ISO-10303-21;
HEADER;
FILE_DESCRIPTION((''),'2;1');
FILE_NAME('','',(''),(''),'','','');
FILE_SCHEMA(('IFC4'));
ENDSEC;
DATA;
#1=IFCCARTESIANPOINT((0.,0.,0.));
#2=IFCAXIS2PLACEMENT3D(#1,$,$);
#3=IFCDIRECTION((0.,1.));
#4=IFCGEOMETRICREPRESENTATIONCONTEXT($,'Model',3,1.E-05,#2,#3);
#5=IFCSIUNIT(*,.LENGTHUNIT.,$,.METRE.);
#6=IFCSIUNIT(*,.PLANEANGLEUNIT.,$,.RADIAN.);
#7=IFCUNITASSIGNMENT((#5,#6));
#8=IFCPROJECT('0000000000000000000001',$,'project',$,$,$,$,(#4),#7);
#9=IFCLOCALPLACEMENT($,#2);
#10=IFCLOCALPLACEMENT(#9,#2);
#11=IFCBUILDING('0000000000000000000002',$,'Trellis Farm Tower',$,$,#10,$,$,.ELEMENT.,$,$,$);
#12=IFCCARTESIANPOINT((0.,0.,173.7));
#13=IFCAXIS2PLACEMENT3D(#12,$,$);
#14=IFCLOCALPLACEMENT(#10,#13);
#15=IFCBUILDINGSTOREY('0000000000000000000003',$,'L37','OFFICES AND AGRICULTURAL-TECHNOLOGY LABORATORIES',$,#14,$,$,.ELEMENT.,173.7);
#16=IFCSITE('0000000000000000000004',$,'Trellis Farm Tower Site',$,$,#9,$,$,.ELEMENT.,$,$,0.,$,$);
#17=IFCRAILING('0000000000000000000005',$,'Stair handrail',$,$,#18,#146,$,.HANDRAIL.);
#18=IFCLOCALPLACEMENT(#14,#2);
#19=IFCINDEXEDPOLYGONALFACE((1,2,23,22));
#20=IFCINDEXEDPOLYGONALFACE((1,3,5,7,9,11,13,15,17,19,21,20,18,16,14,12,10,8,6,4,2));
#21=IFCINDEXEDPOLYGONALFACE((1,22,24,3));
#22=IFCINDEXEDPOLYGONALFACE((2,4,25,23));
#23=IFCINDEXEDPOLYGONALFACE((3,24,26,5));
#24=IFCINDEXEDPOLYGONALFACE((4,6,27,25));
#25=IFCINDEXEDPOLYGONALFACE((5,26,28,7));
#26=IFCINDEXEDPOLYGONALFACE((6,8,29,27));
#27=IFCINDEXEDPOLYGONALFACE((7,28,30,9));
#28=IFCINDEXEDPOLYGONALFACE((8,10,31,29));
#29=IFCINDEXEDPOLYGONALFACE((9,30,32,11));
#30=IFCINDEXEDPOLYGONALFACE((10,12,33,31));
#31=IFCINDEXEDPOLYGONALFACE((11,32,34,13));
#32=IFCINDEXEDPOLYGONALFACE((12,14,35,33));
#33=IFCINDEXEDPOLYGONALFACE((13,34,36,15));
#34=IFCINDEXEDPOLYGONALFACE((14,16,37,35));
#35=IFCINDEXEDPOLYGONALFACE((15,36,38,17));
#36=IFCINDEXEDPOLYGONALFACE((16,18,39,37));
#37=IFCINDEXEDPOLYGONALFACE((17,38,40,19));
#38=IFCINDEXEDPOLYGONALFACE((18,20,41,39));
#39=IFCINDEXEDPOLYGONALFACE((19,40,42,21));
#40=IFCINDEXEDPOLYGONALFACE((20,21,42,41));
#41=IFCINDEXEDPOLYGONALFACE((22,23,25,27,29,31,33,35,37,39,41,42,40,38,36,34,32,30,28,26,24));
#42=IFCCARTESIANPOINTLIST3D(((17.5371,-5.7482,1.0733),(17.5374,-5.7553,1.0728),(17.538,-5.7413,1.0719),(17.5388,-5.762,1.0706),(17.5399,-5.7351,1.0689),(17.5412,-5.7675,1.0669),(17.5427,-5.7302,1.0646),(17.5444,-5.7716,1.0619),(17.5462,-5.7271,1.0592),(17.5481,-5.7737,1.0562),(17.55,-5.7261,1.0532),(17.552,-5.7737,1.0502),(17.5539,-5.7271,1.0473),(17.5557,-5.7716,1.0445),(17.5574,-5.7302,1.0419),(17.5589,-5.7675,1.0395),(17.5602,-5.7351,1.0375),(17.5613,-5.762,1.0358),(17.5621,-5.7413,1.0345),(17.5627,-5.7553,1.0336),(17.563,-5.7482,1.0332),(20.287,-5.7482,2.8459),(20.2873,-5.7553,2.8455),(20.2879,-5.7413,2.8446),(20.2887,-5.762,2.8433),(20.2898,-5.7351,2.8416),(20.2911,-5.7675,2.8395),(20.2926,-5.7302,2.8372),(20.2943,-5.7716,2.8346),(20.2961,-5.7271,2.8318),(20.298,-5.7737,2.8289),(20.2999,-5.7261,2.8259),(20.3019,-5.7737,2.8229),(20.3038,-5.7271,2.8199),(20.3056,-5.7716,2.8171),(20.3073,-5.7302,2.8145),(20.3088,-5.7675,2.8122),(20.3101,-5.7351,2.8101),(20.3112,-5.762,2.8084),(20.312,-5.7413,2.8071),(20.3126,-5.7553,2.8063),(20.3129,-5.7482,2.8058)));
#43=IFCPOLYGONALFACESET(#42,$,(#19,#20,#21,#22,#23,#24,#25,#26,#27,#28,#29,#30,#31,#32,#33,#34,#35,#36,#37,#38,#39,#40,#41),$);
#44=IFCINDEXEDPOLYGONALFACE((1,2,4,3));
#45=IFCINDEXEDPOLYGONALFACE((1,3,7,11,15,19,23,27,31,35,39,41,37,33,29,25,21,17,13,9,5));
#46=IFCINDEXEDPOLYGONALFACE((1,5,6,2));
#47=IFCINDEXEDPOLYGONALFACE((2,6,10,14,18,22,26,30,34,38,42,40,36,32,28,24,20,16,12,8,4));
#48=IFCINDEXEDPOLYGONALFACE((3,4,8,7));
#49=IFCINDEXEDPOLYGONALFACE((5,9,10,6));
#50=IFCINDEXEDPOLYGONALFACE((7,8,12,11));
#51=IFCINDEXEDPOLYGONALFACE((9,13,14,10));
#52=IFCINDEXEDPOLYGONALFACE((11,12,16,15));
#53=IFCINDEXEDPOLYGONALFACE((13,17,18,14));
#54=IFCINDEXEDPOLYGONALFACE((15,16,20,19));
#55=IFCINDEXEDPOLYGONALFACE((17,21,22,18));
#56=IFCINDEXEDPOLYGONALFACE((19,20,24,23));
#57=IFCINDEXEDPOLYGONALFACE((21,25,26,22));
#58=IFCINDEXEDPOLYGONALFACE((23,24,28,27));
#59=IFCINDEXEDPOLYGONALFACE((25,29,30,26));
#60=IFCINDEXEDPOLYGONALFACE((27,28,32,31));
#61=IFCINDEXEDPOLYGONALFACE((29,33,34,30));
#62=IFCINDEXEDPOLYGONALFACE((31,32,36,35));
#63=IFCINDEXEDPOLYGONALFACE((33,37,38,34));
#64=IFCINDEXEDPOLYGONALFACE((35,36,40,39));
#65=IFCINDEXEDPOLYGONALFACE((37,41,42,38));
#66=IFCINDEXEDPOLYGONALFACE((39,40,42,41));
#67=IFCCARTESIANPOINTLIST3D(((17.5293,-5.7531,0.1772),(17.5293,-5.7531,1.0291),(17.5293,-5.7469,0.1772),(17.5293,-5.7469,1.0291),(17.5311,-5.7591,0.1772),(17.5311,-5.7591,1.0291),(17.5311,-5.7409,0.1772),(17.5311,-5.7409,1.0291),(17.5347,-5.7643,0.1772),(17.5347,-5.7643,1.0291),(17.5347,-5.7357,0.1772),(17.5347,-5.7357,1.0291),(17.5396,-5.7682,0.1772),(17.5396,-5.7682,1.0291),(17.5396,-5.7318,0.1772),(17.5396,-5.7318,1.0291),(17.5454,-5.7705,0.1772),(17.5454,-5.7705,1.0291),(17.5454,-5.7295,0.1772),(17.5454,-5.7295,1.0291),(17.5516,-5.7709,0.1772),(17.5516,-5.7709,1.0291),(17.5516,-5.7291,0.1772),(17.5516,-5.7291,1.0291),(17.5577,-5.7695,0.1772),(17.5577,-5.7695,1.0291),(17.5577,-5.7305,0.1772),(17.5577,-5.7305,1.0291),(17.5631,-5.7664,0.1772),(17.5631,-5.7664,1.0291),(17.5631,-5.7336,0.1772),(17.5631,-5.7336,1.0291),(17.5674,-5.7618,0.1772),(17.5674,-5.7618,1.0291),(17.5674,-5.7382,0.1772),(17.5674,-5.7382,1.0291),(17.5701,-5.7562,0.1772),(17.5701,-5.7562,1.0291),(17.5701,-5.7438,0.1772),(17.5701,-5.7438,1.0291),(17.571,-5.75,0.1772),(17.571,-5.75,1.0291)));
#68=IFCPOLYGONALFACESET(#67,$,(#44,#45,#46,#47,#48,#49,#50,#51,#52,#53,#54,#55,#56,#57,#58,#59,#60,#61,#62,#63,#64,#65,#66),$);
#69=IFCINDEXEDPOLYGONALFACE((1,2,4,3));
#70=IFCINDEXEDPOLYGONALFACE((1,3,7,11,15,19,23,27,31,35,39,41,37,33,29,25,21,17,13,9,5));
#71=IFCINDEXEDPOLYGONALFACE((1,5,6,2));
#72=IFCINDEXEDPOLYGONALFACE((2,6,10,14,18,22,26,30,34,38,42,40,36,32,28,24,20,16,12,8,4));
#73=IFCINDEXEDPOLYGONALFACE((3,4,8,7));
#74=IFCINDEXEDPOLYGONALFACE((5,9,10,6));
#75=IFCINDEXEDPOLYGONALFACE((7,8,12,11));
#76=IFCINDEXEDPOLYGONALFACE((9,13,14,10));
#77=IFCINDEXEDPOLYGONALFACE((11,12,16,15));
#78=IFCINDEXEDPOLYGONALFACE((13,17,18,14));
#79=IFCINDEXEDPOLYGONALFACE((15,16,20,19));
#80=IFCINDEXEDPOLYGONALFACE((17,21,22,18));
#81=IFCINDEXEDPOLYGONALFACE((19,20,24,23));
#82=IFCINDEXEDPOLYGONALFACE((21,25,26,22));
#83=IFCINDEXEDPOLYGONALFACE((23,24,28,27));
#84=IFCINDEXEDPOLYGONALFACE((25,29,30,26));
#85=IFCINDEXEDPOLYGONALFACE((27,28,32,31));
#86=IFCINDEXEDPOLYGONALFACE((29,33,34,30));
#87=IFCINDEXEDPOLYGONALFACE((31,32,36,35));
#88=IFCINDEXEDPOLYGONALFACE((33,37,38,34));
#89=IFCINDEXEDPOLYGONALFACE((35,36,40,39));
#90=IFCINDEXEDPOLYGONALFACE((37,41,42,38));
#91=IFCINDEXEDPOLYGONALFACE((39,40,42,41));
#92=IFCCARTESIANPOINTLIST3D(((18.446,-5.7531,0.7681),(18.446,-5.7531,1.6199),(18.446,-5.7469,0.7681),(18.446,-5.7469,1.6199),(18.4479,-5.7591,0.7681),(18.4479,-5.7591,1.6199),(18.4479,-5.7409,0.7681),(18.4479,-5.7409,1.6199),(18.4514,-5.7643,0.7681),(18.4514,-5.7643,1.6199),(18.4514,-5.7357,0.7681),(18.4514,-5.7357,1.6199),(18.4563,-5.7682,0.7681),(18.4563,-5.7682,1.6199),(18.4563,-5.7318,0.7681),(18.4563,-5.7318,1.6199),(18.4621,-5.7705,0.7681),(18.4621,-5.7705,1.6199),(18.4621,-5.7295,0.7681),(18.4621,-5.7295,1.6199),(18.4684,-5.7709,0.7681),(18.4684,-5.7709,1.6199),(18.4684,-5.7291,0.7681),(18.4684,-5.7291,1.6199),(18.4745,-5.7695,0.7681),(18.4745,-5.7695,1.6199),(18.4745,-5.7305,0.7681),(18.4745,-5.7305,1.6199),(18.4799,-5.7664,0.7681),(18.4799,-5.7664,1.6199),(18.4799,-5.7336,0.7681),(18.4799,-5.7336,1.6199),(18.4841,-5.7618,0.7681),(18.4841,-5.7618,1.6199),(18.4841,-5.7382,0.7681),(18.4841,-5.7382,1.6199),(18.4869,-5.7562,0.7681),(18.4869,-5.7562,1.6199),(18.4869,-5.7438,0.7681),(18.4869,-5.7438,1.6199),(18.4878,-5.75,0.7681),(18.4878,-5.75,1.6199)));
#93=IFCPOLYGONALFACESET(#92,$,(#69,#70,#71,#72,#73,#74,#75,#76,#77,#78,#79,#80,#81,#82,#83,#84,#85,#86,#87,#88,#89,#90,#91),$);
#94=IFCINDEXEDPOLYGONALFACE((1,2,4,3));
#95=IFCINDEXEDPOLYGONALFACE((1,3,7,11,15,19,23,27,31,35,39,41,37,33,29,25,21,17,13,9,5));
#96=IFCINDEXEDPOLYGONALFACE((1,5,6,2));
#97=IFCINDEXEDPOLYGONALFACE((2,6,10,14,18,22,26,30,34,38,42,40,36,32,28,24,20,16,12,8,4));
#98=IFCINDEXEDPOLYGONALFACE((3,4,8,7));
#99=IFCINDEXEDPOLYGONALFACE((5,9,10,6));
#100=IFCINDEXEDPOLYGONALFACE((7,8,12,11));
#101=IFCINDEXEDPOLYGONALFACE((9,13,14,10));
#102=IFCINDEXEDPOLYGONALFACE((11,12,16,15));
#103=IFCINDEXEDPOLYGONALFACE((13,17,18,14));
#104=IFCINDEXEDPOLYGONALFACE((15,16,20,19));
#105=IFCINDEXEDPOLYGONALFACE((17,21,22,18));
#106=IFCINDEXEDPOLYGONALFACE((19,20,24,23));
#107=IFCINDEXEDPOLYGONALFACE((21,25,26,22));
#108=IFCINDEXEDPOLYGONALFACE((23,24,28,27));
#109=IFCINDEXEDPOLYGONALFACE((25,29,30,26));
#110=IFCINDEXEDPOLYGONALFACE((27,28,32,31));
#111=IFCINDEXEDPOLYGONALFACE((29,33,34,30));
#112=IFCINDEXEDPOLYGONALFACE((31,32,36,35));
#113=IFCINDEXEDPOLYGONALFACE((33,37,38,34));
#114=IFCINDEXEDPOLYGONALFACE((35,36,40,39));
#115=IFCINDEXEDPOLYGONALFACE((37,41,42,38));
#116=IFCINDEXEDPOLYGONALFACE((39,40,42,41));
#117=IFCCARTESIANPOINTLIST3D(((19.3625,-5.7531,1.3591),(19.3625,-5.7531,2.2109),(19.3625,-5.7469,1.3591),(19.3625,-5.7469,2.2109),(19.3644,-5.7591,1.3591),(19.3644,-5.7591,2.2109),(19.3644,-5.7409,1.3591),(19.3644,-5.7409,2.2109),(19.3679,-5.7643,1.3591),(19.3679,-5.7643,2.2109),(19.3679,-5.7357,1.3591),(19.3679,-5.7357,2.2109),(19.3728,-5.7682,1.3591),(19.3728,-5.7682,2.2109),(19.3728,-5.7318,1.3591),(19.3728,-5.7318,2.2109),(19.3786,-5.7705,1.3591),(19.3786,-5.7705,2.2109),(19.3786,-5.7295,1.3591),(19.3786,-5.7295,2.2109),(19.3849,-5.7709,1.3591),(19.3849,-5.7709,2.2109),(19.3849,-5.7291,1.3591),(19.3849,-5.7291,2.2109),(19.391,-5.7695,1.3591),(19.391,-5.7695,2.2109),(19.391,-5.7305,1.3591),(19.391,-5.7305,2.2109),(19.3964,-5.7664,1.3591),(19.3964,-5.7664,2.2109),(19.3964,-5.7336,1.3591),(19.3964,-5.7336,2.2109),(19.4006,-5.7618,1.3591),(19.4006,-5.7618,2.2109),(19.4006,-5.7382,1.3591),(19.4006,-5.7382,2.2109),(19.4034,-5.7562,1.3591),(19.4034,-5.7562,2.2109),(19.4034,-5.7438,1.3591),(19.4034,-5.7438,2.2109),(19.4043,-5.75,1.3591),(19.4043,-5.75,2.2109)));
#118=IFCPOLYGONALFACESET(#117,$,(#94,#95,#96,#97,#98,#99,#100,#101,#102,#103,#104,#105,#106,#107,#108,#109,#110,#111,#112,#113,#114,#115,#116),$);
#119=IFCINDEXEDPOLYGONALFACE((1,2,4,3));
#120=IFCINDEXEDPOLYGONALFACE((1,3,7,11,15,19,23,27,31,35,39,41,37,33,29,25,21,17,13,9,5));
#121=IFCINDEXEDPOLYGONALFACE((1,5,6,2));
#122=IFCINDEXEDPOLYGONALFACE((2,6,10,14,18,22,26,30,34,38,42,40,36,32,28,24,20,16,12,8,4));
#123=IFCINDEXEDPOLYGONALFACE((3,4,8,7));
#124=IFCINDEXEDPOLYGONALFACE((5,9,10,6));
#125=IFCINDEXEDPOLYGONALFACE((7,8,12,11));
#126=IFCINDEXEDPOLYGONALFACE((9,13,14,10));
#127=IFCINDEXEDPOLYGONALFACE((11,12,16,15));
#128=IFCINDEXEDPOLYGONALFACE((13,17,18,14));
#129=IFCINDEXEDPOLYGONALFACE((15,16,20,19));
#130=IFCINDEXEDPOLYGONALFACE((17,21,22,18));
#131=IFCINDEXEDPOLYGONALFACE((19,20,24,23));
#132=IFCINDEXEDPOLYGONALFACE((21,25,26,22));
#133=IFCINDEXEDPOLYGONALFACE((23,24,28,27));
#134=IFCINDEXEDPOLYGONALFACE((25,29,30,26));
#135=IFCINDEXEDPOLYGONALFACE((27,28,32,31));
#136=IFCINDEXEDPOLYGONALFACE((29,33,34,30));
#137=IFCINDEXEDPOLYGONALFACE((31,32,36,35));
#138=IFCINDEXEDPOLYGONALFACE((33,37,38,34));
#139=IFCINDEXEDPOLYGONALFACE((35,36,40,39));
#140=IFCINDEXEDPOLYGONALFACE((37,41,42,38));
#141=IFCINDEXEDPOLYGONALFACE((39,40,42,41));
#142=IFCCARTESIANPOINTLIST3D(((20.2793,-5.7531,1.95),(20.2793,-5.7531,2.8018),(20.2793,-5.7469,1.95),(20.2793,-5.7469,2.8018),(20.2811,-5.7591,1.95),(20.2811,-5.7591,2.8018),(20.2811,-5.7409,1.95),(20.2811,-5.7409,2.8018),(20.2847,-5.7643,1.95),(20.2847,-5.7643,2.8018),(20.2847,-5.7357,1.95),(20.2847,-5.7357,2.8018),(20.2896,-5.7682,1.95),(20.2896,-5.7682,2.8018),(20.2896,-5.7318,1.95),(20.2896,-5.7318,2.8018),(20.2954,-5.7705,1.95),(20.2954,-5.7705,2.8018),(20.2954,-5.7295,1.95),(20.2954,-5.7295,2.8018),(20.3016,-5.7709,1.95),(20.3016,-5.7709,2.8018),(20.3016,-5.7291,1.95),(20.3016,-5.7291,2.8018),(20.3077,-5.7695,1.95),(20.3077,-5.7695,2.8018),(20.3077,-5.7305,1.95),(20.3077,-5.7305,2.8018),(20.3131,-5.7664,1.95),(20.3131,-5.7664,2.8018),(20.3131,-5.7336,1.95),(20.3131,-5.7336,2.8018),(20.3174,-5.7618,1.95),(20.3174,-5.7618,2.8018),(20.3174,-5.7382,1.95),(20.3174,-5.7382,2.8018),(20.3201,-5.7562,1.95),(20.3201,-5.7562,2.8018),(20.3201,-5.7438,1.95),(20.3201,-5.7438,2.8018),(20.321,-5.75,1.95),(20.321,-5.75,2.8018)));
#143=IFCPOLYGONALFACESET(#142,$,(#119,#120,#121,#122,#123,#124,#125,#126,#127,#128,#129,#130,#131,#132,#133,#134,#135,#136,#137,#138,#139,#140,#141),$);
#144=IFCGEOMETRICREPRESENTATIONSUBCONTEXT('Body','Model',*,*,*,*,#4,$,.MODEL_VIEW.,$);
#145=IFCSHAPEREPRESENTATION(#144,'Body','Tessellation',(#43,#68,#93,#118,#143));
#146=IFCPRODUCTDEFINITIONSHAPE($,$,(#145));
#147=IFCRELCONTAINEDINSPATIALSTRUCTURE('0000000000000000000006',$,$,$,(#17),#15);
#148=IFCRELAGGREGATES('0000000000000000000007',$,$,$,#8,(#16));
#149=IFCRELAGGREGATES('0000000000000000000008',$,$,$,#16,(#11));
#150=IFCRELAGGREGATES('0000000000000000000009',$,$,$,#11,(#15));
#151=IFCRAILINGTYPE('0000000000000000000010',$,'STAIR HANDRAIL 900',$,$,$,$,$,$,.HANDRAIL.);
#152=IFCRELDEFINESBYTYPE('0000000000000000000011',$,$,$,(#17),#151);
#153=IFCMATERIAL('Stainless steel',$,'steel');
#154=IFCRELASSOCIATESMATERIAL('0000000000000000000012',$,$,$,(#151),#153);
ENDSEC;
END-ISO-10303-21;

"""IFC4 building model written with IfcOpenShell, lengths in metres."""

from ifc_helpers import new_model, si_unit, direction, frame, origin, origin_2d, place, context, subcontext, project, spatial, circle, extrude, source, transform, mapped, material, type_object, element, save


model = new_model("IFC4")

# Units and contexts
model_context = context("Model", 3, precision=1e-05, world=origin(), true_north=direction((0.0, 1.0)))
body_context = subcontext(model_context, "Body", "Model", "MODEL_VIEW")
ifc_project = project(units=[si_unit("LENGTHUNIT", "METRE"), si_unit("PLANEANGLEUNIT", "RADIAN")], contexts=[model_context])

# Site, building, storey
site_placement = place(None, origin())
site = spatial("IfcSite", under=ifc_project, at=site_placement, Name="Trellis Farm Tower Site", CompositionType="ELEMENT", RefElevation=0.0)
building_placement = place(site_placement, origin())
building = spatial("IfcBuilding", under=site, at=building_placement, Name="Trellis Farm Tower", CompositionType="ELEMENT")
storey_placement = place(building_placement, frame((0.0, 0.0, 173.7)))
storey = spatial("IfcBuildingStorey", under=building, at=storey_placement, Name="L37", Description="OFFICES AND AGRICULTURAL-TECHNOLOGY LABORATORIES", CompositionType="ELEMENT", Elevation=173.7)

# Railing
ifc_material_1 = material(Name="Stainless steel", Category="steel")
railing_type = type_object("IfcRailingType", Name="STAIR HANDRAIL 900", PredefinedType="HANDRAIL", material=ifc_material_1)
shared_shape_1 = source(origin(), body_context, "Body", "SweptSolid", [
    extrude(circle(Radius=0.0239, at=origin_2d()), frame((0.0, 0.0, 0.876), z_axis=(0.840504, 0.0, 0.541806), x_axis=(0.0, 1.0, 0.0)), (0.0, 0.0, 1.0), 3.2717),
    extrude(circle(Radius=0.021, at=origin_2d()), origin(), (0.0, 0.0, 1.0), 0.8518),
    extrude(circle(Radius=0.021, at=origin_2d()), frame((0.9167, 0.0, 0.5908)), (0.0, 0.0, 1.0), 0.8518),
    extrude(circle(Radius=0.021, at=origin_2d()), frame((1.8333, 0.0, 1.1819)), (0.0, 0.0, 1.0), 0.8518),
    extrude(circle(Radius=0.021, at=origin_2d()), frame((2.75, 0.0, 1.7727)), (0.0, 0.0, 1.0), 0.8518),
])
for number, where, name in (
    (1, (17.55, -5.75, 0.1772), "Stair handrail"),
):
    element("IfcRailing", number, at=place(storey_placement, frame(where)), inside=storey, type_object=railing_type, Name=name, PredefinedType="HANDRAIL", context=body_context, shape_type="MappedRepresentation", body=[
        mapped(shared_shape_1, transform((0.0, 0.0, 0.0))),
    ])

save(model, "model.ifc")
